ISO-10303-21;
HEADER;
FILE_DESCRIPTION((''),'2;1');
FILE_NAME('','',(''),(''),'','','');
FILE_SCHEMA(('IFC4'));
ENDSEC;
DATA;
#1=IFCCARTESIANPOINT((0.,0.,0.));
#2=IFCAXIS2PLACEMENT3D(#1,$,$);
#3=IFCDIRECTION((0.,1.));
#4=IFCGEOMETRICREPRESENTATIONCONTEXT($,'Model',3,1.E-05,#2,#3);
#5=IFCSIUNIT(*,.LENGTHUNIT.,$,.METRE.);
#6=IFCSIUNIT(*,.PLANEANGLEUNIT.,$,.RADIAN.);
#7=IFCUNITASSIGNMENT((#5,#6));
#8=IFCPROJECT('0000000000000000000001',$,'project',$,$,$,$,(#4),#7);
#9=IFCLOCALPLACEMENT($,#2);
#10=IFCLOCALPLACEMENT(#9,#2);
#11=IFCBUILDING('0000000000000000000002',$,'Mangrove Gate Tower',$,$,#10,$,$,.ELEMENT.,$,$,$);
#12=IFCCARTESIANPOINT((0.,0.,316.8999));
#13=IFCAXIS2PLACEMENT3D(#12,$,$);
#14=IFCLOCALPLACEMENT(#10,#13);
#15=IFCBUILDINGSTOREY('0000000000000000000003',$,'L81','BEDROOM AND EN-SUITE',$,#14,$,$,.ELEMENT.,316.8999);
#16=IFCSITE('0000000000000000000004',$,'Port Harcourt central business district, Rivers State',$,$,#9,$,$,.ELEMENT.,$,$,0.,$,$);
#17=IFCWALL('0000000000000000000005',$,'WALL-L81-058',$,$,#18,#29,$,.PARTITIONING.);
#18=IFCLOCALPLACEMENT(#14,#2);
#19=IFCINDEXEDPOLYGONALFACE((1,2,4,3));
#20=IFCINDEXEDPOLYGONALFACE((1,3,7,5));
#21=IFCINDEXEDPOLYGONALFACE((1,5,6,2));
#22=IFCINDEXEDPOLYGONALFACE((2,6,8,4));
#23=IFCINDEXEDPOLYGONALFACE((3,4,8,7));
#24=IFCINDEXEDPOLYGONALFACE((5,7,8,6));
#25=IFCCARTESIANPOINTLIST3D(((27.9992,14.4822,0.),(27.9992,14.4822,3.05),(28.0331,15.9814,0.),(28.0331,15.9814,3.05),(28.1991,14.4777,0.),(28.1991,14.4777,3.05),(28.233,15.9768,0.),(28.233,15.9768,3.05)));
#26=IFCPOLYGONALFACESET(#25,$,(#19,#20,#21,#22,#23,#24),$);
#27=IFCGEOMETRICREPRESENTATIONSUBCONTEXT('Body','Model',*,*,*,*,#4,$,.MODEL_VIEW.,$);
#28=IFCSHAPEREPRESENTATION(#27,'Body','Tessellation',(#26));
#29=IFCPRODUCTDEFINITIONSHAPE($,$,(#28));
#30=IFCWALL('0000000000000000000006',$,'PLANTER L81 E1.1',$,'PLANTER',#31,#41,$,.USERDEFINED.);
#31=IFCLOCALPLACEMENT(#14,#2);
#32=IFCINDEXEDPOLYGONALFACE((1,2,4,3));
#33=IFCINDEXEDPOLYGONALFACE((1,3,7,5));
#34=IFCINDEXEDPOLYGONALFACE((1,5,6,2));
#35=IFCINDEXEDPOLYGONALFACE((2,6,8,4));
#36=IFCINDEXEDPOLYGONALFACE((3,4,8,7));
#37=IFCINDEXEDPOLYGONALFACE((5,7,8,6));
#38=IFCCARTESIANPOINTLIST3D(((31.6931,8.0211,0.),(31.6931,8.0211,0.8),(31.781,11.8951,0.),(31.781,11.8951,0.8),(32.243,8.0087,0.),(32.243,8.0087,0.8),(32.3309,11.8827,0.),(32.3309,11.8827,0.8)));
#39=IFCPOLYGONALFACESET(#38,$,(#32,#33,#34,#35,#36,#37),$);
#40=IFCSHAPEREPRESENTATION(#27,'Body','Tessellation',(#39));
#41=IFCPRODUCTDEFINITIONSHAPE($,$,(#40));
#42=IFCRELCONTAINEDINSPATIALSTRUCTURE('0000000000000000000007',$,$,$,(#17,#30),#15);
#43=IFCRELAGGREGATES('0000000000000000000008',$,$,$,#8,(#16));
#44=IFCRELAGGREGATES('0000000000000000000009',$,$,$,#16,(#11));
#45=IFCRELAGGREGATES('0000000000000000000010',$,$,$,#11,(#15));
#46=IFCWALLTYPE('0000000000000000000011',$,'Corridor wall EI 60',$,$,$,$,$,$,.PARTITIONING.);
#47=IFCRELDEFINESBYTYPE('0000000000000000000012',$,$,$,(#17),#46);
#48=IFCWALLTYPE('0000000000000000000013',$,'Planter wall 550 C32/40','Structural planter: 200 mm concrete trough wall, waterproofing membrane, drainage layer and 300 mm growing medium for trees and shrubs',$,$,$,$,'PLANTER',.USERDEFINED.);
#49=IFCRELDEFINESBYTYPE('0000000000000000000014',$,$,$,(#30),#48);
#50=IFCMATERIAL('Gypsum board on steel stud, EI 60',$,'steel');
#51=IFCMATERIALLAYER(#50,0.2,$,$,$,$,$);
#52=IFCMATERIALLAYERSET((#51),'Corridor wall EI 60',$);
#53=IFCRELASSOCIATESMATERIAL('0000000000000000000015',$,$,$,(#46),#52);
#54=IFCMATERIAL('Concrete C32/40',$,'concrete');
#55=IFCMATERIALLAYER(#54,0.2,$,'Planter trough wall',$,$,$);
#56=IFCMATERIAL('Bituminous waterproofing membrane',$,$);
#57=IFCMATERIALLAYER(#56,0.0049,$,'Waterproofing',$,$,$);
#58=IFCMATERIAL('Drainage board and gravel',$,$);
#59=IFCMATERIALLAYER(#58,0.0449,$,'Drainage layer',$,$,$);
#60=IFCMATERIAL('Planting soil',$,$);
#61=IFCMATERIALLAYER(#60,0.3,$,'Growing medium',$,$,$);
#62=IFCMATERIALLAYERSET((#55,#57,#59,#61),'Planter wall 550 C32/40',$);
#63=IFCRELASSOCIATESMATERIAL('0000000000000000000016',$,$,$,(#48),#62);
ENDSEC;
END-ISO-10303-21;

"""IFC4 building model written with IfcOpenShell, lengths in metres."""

from ifc_helpers import new_model, si_unit, direction, frame, frame_2d, origin, place, context, subcontext, project, spatial, rectangle, extrude, material, layer, layer_set, type_object, element, save


model = new_model("IFC4")

# Units and contexts
model_context = context("Model", 3, precision=1e-05, world=origin(), true_north=direction((0.0, 1.0)))
body_context = subcontext(model_context, "Body", "Model", "MODEL_VIEW")
ifc_project = project(units=[si_unit("LENGTHUNIT", "METRE"), si_unit("PLANEANGLEUNIT", "RADIAN")], contexts=[model_context])

# Site, building, storey
site_placement = place(None, origin())
site = spatial("IfcSite", under=ifc_project, at=site_placement, Name="Port Harcourt central business district, Rivers State", CompositionType="ELEMENT", RefElevation=0.0)
building_placement = place(site_placement, origin())
building = spatial("IfcBuilding", under=site, at=building_placement, Name="Mangrove Gate Tower", CompositionType="ELEMENT")
storey_placement = place(building_placement, frame((0.0, 0.0, 316.8999)))
storey = spatial("IfcBuildingStorey", under=building, at=storey_placement, Name="L81", Description="BEDROOM AND EN-SUITE", CompositionType="ELEMENT", Elevation=316.8999)

# Wall
ifc_material_1 = material(Name="Gypsum board on steel stud, EI 60", Category="steel")
ifc_layer_1 = layer(ifc_material_1, 0.2)
ifc_layer_set_1 = layer_set([ifc_layer_1], Name="Corridor wall EI 60")
wall_type_1 = type_object("IfcWallType", Name="Corridor wall EI 60", PredefinedType="PARTITIONING", material=ifc_layer_set_1)
wall_1_placement = place(storey_placement, frame((28.0991, 14.48, 0.0), z_axis=(0.0, 0.0, 1.0), x_axis=(0.022633, 0.999744, 0.0)))
element("IfcWall", 1, at=wall_1_placement, inside=storey, type_object=wall_type_1, Name="WALL-L81-058", PredefinedType="PARTITIONING", context=body_context, shape_type="SweptSolid", body=[
    extrude(rectangle(XDim=1.4995, YDim=0.2, at=frame_2d((0.7498, 0.0))), origin(), (0.0, 0.0, 1.0), 3.05),
])

# Wall
ifc_material_2 = material(Name="Concrete C32/40", Category="concrete")
ifc_layer_2 = layer(ifc_material_2, 0.2, Name="Planter trough wall")
ifc_material_3 = material(Name="Bituminous waterproofing membrane")
ifc_layer_3 = layer(ifc_material_3, 0.0049, Name="Waterproofing")
ifc_material_4 = material(Name="Drainage board and gravel")
ifc_layer_4 = layer(ifc_material_4, 0.0449, Name="Drainage layer")
ifc_material_5 = material(Name="Planting soil")
ifc_layer_5 = layer(ifc_material_5, 0.3, Name="Growing medium")
ifc_layer_set_2 = layer_set([ifc_layer_2, ifc_layer_3, ifc_layer_4, ifc_layer_5], Name="Planter wall 550 C32/40")
wall_type_2 = type_object("IfcWallType", Name="Planter wall 550 C32/40", Description="Structural planter: 200 mm concrete trough wall, waterproofing membrane, drainage layer and 300 mm growing medium for trees and shrubs", ElementType="PLANTER", PredefinedType="USERDEFINED", material=ifc_layer_set_2)
wall_2_placement = place(storey_placement, frame((31.968, 8.0149, 0.0), z_axis=(0.0, 0.0, 1.0), x_axis=(0.022681, 0.999743, 0.0)))
element("IfcWall", 2, at=wall_2_placement, inside=storey, type_object=wall_type_2, Name="PLANTER L81 E1.1", ObjectType="PLANTER", PredefinedType="USERDEFINED", context=body_context, shape_type="SweptSolid", body=[
    extrude(rectangle(XDim=3.875, YDim=0.55, at=frame_2d((1.9375, 0.0))), origin(), (0.0, 0.0, 1.0), 0.8),
])

save(model, "model.ifc")
